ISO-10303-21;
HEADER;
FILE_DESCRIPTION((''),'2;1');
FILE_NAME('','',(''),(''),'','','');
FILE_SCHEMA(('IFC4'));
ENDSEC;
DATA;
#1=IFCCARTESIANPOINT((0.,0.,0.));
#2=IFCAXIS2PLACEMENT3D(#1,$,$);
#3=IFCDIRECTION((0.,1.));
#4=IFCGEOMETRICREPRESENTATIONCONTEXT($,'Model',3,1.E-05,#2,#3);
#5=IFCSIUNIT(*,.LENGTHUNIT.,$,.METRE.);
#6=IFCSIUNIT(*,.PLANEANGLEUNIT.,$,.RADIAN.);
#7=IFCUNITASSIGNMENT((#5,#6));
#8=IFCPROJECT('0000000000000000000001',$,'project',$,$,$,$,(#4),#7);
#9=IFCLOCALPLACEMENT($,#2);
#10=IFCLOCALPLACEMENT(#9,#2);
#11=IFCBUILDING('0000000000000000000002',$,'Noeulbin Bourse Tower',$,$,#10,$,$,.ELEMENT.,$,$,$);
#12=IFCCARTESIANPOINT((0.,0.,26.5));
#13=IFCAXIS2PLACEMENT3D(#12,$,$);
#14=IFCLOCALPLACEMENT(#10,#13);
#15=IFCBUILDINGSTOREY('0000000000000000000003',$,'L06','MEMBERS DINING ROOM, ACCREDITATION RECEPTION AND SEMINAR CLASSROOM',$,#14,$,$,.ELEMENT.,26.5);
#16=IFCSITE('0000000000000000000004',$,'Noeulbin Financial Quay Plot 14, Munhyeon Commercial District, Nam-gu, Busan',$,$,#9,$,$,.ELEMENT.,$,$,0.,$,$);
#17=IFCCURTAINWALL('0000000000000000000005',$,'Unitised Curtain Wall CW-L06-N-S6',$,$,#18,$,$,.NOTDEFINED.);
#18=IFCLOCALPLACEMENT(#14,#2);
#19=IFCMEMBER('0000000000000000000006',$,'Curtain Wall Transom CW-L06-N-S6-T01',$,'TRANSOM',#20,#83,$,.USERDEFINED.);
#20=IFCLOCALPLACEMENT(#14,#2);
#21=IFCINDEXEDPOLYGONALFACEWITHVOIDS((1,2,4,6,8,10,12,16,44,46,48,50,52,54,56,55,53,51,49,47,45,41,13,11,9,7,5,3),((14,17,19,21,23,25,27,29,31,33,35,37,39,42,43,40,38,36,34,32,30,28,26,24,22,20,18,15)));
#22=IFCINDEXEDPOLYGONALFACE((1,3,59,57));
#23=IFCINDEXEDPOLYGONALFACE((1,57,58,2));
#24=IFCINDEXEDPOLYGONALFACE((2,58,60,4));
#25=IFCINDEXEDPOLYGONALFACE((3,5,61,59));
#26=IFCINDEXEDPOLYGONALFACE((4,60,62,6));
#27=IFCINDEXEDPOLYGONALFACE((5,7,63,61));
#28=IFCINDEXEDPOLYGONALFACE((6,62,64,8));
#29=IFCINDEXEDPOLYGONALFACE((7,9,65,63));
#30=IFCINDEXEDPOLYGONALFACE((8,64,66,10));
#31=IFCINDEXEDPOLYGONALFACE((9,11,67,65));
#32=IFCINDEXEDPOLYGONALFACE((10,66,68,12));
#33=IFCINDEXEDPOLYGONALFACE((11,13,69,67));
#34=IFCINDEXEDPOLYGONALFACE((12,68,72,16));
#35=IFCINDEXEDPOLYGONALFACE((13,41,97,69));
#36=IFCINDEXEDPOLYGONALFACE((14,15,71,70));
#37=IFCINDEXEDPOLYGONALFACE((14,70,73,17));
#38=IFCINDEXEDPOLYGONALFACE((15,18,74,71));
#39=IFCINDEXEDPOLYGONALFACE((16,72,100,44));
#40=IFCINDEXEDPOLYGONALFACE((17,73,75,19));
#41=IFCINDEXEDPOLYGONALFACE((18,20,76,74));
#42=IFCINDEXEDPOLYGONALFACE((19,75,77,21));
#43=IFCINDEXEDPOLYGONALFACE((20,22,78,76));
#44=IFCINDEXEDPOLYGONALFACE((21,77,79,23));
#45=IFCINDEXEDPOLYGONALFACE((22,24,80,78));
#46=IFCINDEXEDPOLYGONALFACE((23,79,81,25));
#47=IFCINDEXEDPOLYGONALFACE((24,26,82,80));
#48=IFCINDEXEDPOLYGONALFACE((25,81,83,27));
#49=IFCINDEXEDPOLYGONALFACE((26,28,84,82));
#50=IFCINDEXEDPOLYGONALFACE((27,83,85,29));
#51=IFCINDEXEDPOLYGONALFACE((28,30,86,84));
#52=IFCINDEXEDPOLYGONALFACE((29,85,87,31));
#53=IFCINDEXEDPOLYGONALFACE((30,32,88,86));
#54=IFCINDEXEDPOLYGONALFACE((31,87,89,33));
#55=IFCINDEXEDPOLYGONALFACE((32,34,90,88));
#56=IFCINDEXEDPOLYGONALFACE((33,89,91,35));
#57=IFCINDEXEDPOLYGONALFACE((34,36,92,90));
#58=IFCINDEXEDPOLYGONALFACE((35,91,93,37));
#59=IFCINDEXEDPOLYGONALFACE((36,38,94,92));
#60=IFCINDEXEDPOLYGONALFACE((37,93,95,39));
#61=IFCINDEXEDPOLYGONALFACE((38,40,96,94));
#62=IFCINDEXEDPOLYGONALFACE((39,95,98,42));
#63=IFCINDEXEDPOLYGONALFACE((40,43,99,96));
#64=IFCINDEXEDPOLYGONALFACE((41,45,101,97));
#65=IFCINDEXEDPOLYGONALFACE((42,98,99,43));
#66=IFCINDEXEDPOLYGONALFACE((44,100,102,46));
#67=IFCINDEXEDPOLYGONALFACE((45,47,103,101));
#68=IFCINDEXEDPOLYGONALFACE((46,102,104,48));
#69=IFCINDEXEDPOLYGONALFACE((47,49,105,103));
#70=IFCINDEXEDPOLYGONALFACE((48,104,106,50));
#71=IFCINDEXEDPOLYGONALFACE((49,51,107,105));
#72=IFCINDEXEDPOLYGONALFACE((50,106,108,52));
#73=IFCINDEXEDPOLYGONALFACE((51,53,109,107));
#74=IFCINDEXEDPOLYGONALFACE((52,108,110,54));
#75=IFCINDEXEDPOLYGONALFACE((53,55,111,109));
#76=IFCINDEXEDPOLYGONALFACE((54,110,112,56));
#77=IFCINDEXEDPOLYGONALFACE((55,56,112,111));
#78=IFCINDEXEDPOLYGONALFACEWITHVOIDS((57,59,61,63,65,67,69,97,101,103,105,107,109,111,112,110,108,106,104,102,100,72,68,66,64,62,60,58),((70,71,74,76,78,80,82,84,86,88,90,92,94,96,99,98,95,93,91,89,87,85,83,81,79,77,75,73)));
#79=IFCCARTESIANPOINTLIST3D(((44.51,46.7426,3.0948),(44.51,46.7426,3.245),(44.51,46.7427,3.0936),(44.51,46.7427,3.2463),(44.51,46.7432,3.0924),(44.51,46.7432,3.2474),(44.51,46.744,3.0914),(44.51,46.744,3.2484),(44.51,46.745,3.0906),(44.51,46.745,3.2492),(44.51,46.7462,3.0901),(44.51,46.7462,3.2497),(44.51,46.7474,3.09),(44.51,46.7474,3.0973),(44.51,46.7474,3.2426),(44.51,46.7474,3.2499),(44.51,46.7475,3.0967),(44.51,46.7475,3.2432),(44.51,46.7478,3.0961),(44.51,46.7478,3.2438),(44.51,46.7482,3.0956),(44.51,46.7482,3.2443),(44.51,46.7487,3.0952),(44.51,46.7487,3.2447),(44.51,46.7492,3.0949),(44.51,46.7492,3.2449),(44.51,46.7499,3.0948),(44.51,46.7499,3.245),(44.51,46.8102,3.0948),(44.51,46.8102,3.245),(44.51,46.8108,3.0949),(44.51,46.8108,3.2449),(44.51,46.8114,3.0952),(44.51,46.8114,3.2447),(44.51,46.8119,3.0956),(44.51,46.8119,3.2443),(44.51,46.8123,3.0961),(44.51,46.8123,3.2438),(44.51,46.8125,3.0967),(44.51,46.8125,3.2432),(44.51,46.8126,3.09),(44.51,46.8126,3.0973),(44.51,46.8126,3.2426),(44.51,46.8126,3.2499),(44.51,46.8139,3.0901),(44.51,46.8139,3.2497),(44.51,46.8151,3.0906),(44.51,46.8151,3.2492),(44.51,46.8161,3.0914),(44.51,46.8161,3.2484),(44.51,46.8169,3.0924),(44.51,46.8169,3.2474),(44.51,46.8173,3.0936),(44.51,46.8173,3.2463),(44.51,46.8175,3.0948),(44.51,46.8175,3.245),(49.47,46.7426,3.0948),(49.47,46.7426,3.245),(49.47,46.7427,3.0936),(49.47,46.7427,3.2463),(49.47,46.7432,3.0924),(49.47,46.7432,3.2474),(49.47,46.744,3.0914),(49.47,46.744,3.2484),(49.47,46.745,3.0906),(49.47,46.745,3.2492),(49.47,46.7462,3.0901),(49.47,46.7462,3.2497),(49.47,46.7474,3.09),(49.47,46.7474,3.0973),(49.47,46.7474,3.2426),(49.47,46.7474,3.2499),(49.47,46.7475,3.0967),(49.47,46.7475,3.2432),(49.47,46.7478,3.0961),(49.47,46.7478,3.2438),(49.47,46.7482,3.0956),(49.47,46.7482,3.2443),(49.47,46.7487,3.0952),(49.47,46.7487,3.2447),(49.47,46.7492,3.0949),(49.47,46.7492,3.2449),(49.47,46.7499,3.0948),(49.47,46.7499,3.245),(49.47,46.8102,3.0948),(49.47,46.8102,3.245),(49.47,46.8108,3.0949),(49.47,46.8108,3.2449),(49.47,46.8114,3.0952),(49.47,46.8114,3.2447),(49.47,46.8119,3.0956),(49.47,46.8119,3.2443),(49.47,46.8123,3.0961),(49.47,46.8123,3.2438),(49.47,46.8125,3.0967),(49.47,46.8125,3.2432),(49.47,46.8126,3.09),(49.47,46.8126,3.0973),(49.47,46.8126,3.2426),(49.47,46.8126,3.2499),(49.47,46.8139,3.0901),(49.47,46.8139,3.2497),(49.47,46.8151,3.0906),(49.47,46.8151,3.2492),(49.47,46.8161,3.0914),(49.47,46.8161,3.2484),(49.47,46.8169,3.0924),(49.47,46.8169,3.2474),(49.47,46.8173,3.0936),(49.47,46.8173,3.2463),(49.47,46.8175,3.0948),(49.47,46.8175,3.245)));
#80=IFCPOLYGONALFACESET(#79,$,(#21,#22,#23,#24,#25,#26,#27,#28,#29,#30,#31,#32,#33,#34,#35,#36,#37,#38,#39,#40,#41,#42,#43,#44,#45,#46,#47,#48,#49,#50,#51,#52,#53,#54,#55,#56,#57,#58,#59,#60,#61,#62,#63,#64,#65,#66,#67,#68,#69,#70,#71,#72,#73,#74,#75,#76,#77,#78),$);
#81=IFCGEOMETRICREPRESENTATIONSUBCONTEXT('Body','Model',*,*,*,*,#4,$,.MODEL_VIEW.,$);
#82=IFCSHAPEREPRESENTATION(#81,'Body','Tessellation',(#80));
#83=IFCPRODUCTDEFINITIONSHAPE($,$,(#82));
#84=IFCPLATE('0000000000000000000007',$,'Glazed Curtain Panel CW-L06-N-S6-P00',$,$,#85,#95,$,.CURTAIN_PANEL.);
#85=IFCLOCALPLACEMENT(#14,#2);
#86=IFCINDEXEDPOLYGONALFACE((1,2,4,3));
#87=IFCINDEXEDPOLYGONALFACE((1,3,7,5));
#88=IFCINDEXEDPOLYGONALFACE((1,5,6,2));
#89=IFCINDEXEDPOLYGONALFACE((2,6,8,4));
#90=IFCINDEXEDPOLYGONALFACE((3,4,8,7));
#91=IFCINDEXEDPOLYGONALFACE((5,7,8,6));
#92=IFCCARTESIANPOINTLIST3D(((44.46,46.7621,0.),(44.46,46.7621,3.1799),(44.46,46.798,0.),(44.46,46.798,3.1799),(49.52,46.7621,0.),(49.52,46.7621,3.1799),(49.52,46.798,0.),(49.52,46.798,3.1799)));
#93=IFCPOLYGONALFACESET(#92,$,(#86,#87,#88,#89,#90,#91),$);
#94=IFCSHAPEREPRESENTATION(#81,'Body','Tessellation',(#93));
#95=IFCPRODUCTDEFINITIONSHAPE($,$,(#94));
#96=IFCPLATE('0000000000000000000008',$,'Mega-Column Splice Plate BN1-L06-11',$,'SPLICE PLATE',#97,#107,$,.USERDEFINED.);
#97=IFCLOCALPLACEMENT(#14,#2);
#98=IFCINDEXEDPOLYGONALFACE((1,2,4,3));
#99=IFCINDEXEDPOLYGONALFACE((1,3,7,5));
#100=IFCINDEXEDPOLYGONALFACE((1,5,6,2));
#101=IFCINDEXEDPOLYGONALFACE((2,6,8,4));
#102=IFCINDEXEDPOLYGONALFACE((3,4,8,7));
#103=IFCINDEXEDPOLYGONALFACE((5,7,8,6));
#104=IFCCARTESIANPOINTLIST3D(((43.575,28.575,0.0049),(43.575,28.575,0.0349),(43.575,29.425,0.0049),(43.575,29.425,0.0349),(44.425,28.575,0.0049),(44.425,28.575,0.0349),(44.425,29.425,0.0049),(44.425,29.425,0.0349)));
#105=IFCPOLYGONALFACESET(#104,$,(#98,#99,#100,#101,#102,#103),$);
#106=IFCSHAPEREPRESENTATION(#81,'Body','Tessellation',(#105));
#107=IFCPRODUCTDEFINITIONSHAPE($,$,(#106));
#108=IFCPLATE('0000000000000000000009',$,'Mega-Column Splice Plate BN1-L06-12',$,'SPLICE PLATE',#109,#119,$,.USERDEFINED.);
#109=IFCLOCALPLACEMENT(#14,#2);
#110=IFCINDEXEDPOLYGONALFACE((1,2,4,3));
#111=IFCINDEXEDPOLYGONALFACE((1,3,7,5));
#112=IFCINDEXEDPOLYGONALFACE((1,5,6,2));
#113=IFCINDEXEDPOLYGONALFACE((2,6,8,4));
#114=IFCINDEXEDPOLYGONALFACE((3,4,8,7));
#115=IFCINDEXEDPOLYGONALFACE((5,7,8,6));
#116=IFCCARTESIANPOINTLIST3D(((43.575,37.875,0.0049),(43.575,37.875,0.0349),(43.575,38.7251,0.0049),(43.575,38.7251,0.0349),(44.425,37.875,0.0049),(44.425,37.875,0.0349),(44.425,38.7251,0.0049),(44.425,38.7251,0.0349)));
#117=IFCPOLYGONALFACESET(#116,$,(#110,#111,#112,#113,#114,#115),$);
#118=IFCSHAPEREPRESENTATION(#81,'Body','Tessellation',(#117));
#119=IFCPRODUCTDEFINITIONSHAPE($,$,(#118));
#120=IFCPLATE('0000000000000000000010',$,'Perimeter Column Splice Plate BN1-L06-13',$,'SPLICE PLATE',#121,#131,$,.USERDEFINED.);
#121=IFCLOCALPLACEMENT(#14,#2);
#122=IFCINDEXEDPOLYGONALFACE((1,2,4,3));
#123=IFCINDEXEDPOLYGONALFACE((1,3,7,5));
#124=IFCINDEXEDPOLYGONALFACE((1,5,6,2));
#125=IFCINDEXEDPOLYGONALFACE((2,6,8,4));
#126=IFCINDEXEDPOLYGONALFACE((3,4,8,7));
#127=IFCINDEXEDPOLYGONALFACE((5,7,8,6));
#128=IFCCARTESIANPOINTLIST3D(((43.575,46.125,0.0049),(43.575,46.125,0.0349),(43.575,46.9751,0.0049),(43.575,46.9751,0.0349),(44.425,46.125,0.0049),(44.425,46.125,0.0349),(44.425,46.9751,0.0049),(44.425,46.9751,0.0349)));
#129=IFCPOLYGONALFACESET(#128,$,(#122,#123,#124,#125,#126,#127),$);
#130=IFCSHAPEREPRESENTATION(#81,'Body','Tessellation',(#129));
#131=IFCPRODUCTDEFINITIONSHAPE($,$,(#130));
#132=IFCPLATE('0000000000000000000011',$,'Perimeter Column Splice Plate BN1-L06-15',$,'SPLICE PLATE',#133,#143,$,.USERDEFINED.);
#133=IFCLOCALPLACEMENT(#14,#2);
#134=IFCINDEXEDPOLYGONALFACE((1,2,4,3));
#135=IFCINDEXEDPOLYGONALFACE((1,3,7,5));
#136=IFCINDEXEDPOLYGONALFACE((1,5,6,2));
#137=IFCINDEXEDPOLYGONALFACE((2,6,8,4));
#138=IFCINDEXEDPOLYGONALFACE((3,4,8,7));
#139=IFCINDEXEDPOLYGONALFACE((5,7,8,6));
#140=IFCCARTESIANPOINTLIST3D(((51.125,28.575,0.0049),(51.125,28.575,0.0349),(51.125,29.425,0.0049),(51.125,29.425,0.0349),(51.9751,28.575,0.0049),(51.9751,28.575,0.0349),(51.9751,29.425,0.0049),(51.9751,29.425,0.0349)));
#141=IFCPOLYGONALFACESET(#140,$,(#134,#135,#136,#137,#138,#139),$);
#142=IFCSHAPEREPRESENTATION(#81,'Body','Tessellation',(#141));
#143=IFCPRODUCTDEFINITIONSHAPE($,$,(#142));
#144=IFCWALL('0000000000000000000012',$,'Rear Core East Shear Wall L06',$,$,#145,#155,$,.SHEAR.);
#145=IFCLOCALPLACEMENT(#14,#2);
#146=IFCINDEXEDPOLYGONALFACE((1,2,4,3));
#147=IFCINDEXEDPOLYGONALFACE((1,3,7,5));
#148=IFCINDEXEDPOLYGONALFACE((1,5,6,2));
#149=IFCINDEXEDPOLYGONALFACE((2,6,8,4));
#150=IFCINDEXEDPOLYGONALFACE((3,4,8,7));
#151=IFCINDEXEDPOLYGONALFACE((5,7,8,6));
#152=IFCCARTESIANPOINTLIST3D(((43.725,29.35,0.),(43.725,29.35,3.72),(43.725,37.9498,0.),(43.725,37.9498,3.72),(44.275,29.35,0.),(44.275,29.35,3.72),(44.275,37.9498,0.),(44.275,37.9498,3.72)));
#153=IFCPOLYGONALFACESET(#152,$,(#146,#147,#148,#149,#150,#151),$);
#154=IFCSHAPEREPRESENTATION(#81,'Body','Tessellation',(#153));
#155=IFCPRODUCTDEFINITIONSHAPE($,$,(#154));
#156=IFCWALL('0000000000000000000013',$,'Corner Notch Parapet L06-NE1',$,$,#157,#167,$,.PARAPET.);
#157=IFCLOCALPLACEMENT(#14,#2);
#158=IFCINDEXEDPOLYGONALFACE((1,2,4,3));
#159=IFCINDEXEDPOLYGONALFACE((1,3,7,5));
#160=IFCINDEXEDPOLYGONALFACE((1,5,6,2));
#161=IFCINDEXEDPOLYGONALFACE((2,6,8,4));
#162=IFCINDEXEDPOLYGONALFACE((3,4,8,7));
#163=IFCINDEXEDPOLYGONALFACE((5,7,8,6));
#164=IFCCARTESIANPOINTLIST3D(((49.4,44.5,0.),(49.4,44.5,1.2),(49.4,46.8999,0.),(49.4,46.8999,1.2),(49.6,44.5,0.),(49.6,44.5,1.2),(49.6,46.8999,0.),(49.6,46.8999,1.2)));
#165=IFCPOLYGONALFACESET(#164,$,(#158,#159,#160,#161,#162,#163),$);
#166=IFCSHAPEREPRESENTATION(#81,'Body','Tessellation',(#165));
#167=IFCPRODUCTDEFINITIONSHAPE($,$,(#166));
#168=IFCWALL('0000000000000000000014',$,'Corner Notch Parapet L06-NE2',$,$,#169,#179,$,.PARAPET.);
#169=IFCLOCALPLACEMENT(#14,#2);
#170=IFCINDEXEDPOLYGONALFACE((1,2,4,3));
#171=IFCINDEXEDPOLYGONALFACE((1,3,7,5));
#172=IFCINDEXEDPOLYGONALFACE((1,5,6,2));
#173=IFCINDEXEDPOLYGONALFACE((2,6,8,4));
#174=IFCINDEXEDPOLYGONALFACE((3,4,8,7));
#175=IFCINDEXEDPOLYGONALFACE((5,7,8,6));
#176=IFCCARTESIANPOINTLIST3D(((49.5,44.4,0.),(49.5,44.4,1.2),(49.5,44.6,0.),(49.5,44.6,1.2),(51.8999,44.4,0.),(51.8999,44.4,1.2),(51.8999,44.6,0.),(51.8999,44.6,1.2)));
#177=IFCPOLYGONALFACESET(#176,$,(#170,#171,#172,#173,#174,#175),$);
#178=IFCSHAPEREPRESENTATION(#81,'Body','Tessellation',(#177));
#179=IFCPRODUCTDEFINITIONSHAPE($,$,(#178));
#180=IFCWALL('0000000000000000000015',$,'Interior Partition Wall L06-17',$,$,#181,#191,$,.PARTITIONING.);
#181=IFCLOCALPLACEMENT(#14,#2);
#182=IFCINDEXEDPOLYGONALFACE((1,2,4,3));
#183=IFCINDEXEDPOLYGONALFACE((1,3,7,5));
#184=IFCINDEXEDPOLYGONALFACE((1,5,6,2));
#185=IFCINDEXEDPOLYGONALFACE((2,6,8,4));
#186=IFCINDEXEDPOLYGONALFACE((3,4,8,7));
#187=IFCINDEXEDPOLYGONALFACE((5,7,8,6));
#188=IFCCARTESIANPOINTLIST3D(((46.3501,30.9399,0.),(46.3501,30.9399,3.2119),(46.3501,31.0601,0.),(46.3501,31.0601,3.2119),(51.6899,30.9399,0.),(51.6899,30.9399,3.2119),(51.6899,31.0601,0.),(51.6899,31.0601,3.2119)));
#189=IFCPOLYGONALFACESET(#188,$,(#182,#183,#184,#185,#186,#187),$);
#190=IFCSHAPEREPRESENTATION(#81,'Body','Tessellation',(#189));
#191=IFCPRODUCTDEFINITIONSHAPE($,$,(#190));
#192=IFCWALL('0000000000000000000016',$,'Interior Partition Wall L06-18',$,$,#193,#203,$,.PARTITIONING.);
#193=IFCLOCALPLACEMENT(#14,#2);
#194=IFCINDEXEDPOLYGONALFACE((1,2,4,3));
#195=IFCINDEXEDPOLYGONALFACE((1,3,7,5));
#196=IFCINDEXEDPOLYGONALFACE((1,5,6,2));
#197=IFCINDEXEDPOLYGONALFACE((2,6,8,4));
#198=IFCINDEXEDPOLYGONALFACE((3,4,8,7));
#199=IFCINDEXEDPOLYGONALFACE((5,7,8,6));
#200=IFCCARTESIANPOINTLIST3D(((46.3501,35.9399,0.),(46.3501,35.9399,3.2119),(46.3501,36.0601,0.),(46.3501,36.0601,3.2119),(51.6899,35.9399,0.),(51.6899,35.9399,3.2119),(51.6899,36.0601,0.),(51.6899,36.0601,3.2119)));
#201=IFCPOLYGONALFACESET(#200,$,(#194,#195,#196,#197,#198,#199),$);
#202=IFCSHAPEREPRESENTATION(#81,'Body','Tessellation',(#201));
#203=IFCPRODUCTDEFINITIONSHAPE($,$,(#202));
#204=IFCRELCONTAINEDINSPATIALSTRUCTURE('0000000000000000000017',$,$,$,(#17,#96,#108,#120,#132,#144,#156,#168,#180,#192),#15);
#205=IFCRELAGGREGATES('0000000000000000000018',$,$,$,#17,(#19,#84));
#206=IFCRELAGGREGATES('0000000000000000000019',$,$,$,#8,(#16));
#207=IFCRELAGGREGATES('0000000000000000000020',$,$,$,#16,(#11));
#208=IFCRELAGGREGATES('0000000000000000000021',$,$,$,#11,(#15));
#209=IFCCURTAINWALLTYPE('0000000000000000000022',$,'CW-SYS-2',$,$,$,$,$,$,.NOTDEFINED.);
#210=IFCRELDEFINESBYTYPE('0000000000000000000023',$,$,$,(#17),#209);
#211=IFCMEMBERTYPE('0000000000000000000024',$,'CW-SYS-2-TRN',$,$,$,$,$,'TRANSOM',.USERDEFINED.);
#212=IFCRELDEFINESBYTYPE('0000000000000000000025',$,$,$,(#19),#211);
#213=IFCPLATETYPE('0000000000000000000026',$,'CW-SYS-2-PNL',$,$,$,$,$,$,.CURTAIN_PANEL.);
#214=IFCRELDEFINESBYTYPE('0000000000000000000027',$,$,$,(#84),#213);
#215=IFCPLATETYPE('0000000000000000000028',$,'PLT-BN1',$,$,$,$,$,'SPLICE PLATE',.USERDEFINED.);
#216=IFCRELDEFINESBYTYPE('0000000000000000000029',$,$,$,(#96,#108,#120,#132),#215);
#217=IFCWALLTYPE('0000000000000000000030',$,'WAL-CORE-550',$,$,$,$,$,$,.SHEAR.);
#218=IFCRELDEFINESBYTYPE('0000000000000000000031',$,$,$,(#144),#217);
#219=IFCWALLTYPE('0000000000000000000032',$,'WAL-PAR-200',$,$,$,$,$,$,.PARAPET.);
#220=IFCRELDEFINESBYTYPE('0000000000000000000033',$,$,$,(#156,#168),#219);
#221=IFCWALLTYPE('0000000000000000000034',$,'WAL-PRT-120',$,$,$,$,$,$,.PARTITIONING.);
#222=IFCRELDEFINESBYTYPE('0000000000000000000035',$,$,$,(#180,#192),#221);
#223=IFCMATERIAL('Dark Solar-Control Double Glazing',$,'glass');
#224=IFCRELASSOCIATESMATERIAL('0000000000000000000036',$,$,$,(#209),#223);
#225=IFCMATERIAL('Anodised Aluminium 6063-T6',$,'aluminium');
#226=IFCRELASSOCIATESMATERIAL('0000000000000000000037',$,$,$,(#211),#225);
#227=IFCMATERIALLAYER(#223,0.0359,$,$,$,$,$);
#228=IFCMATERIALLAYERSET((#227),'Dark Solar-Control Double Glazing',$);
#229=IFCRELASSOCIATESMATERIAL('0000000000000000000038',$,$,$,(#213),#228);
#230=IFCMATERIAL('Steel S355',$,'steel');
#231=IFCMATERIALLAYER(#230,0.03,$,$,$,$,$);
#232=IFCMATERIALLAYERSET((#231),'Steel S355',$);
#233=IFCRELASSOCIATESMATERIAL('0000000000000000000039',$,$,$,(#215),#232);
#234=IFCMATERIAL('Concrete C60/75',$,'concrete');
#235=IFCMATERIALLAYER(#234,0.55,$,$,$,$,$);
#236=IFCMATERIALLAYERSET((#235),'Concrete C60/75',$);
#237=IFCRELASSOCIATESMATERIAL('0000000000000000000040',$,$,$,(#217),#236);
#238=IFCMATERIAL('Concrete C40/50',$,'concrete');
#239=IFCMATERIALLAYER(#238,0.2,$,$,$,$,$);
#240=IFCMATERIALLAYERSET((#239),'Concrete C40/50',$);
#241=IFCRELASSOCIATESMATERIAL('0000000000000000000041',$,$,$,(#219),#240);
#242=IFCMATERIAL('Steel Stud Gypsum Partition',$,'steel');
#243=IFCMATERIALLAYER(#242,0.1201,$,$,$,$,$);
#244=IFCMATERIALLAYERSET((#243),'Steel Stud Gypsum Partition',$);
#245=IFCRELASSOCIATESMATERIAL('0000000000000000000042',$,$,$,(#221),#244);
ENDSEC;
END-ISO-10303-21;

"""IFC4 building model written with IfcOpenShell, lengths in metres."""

from ifc_helpers import new_model, si_unit, direction, frame, frame_2d, origin, origin_2d, place, context, subcontext, project, spatial, rectangle, hollow_rectangle, extrude, material, layer, layer_set, material_profile, profile_set, type_object, element, aggregate, save


model = new_model("IFC4")

# Units and contexts
model_context = context("Model", 3, precision=1e-05, world=origin(), true_north=direction((0.0, 1.0)))
body_context = subcontext(model_context, "Body", "Model", "MODEL_VIEW")
ifc_project = project(units=[si_unit("LENGTHUNIT", "METRE"), si_unit("PLANEANGLEUNIT", "RADIAN")], contexts=[model_context])

# Site, building, storey
site_placement = place(None, origin())
site = spatial("IfcSite", under=ifc_project, at=site_placement, Name="Noeulbin Financial Quay Plot 14, Munhyeon Commercial District, Nam-gu, Busan", CompositionType="ELEMENT", RefElevation=0.0)
building_placement = place(site_placement, origin())
building = spatial("IfcBuilding", under=site, at=building_placement, Name="Noeulbin Bourse Tower", CompositionType="ELEMENT")
storey_placement = place(building_placement, frame((0.0, 0.0, 26.5)))
storey = spatial("IfcBuildingStorey", under=building, at=storey_placement, Name="L06", Description="MEMBERS DINING ROOM, ACCREDITATION RECEPTION AND SEMINAR CLASSROOM", CompositionType="ELEMENT", Elevation=26.5)

# Shared definitions
ifc_material_1 = material(Name="Steel S355", Category="steel")

# Shared definitions
ifc_material_2 = material(Name="Dark Solar-Control Double Glazing", Category="glass")
curtain_wall_type = type_object("IfcCurtainWallType", Name="CW-SYS-2", PredefinedType="NOTDEFINED", material=ifc_material_2)
ifc_material_3 = material(Name="Anodised Aluminium 6063-T6", Category="aluminium")

# Curtain wall, member, plate
curtain_wall_1_placement = place(storey_placement, origin())
curtain_wall_1 = element("IfcCurtainWall", 1, at=curtain_wall_1_placement, inside=storey, type_object=curtain_wall_type, Name="Unitised Curtain Wall CW-L06-N-S6", PredefinedType="NOTDEFINED")
ifc_material_profile_1 = material_profile(ifc_material_3, hollow_rectangle(XDim=0.075, YDim=0.1599, WallThickness=0.0049, InnerFilletRadius=0.0024, OuterFilletRadius=0.0049, at=origin_2d()), Name="ALU-TRAN-75x160x5", Category="LoadBearing")
ifc_profile_set_1 = profile_set([ifc_material_profile_1], Name="Anodised Aluminium 6063-T6")
member_type_1 = type_object("IfcMemberType", Name="CW-SYS-2-TRN", ElementType="TRANSOM", PredefinedType="USERDEFINED", material=ifc_profile_set_1)
member_1_placement = place(storey_placement, frame((44.51, 46.78, 3.1699), z_axis=(1.0, 0.0, 0.0), x_axis=(0.0, 1.0, 0.0)))
member_1 = element("IfcMember", 2, at=member_1_placement, type_object=member_type_1, Name="Curtain Wall Transom CW-L06-N-S6-T01", ObjectType="TRANSOM", PredefinedType="USERDEFINED", context=body_context, shape_type="SweptSolid", body=[
    extrude(hollow_rectangle(XDim=0.075, YDim=0.1599, WallThickness=0.0049, InnerFilletRadius=0.0024, OuterFilletRadius=0.0049, at=origin_2d()), origin(), (0.0, 0.0, 1.0), 4.96),
])
ifc_layer_1 = layer(ifc_material_2, 0.0359)
ifc_layer_set_1 = layer_set([ifc_layer_1], Name="Dark Solar-Control Double Glazing")
plate_type_1 = type_object("IfcPlateType", Name="CW-SYS-2-PNL", PredefinedType="CURTAIN_PANEL", material=ifc_layer_set_1)
plate_placement = place(storey_placement, frame((46.99, 46.78, 0.0), z_axis=(0.0, 0.0, 1.0), x_axis=(1.0, 0.0, 0.0)))
plate = element("IfcPlate", 3, at=plate_placement, type_object=plate_type_1, Name="Glazed Curtain Panel CW-L06-N-S6-P00", PredefinedType="CURTAIN_PANEL", context=body_context, shape_type="SweptSolid", body=[
    extrude(rectangle(XDim=5.0601, YDim=0.0359, at=origin_2d()), origin(), (0.0, 0.0, 1.0), 3.1799),
])
aggregate(curtain_wall_1, [member_1, plate])

# Plates
ifc_layer_2 = layer(ifc_material_1, 0.03)
ifc_layer_set_2 = layer_set([ifc_layer_2], Name="Steel S355")
plate_type_2 = type_object("IfcPlateType", Name="PLT-BN1", ElementType="SPLICE PLATE", PredefinedType="USERDEFINED", material=ifc_layer_set_2)
for number, where, z_axis, x_axis, name in (
    (4, (44.0, 29.0, 0.0049), (0.0, 0.0, 1.0), (1.0, 0.0, 0.0), "Mega-Column Splice Plate BN1-L06-11"),
    (5, (44.0, 38.3, 0.0049), (0.0, 0.0, 1.0), (1.0, 0.0, 0.0), "Mega-Column Splice Plate BN1-L06-12"),
    (6, (44.0, 46.55, 0.0049), (0.0, 0.0, 1.0), (1.0, 0.0, 0.0), "Perimeter Column Splice Plate BN1-L06-13"),
    (7, (51.55, 29.0, 0.0049), (0.0, 0.0, 1.0), (1.0, 0.0, 0.0), "Perimeter Column Splice Plate BN1-L06-15"),
):
    element("IfcPlate", number, at=place(storey_placement, frame(where, z_axis=z_axis, x_axis=x_axis)), inside=storey, type_object=plate_type_2, Name=name, ObjectType="SPLICE PLATE", PredefinedType="USERDEFINED", context=body_context, shape_type="SweptSolid", body=[
        extrude(rectangle(XDim=0.8501, YDim=0.8501, at=origin_2d()), origin(), (0.0, 0.0, 1.0), 0.03),
    ])

# Walls
ifc_material_4 = material(Name="Concrete C60/75", Category="concrete")
ifc_layer_3 = layer(ifc_material_4, 0.55)
ifc_layer_set_3 = layer_set([ifc_layer_3], Name="Concrete C60/75")
wall_type_1 = type_object("IfcWallType", Name="WAL-CORE-550", PredefinedType="SHEAR", material=ifc_layer_set_3)
wall_placement = place(storey_placement, frame((44.0, 29.3501, 0.0), z_axis=(0.0, 0.0, 1.0), x_axis=(0.0, 1.0, 0.0)))
element("IfcWall", 8, at=wall_placement, inside=storey, type_object=wall_type_1, Name="Rear Core East Shear Wall L06", PredefinedType="SHEAR", context=body_context, shape_type="SweptSolid", body=[
    extrude(rectangle(XDim=8.5999, YDim=0.55, at=frame_2d((4.2998, 0.0))), origin(), (0.0, 0.0, 1.0), 3.72),
])
ifc_material_5 = material(Name="Concrete C40/50", Category="concrete")
ifc_layer_4 = layer(ifc_material_5, 0.2)
ifc_layer_set_4 = layer_set([ifc_layer_4], Name="Concrete C40/50")
wall_type_2 = type_object("IfcWallType", Name="WAL-PAR-200", PredefinedType="PARAPET", material=ifc_layer_set_4)
for number, where, z_axis, x_axis, name in (
    (9, (49.5, 46.8999, 0.0), (0.0, 0.0, 1.0), (0.0, -1.0, 0.0), "Corner Notch Parapet L06-NE1"),
    (10, (49.5, 44.5, 0.0), (0.0, 0.0, 1.0), (1.0, 0.0, 0.0), "Corner Notch Parapet L06-NE2"),
):
    element("IfcWall", number, at=place(storey_placement, frame(where, z_axis=z_axis, x_axis=x_axis)), inside=storey, type_object=wall_type_2, Name=name, PredefinedType="PARAPET", context=body_context, shape_type="SweptSolid", body=[
        extrude(rectangle(XDim=2.3999, YDim=0.2, at=frame_2d((1.2, 0.0))), origin(), (0.0, 0.0, 1.0), 1.2),
    ])
ifc_material_6 = material(Name="Steel Stud Gypsum Partition", Category="steel")
ifc_layer_5 = layer(ifc_material_6, 0.1201)
ifc_layer_set_5 = layer_set([ifc_layer_5], Name="Steel Stud Gypsum Partition")
wall_type_3 = type_object("IfcWallType", Name="WAL-PRT-120", PredefinedType="PARTITIONING", material=ifc_layer_set_5)
for number, where, z_axis, x_axis, name in (
    (11, (46.3501, 31.0, 0.0), (0.0, 0.0, 1.0), (1.0, 0.0, 0.0), "Interior Partition Wall L06-17"),
    (12, (46.3501, 36.0, 0.0), (0.0, 0.0, 1.0), (1.0, 0.0, 0.0), "Interior Partition Wall L06-18"),
):
    element("IfcWall", number, at=place(storey_placement, frame(where, z_axis=z_axis, x_axis=x_axis)), inside=storey, type_object=wall_type_3, Name=name, PredefinedType="PARTITIONING", context=body_context, shape_type="SweptSolid", body=[
        extrude(rectangle(XDim=5.3398, YDim=0.1201, at=frame_2d((2.6699, 0.0))), origin(), (0.0, 0.0, 1.0), 3.2119),
    ])

save(model, "model.ifc")
